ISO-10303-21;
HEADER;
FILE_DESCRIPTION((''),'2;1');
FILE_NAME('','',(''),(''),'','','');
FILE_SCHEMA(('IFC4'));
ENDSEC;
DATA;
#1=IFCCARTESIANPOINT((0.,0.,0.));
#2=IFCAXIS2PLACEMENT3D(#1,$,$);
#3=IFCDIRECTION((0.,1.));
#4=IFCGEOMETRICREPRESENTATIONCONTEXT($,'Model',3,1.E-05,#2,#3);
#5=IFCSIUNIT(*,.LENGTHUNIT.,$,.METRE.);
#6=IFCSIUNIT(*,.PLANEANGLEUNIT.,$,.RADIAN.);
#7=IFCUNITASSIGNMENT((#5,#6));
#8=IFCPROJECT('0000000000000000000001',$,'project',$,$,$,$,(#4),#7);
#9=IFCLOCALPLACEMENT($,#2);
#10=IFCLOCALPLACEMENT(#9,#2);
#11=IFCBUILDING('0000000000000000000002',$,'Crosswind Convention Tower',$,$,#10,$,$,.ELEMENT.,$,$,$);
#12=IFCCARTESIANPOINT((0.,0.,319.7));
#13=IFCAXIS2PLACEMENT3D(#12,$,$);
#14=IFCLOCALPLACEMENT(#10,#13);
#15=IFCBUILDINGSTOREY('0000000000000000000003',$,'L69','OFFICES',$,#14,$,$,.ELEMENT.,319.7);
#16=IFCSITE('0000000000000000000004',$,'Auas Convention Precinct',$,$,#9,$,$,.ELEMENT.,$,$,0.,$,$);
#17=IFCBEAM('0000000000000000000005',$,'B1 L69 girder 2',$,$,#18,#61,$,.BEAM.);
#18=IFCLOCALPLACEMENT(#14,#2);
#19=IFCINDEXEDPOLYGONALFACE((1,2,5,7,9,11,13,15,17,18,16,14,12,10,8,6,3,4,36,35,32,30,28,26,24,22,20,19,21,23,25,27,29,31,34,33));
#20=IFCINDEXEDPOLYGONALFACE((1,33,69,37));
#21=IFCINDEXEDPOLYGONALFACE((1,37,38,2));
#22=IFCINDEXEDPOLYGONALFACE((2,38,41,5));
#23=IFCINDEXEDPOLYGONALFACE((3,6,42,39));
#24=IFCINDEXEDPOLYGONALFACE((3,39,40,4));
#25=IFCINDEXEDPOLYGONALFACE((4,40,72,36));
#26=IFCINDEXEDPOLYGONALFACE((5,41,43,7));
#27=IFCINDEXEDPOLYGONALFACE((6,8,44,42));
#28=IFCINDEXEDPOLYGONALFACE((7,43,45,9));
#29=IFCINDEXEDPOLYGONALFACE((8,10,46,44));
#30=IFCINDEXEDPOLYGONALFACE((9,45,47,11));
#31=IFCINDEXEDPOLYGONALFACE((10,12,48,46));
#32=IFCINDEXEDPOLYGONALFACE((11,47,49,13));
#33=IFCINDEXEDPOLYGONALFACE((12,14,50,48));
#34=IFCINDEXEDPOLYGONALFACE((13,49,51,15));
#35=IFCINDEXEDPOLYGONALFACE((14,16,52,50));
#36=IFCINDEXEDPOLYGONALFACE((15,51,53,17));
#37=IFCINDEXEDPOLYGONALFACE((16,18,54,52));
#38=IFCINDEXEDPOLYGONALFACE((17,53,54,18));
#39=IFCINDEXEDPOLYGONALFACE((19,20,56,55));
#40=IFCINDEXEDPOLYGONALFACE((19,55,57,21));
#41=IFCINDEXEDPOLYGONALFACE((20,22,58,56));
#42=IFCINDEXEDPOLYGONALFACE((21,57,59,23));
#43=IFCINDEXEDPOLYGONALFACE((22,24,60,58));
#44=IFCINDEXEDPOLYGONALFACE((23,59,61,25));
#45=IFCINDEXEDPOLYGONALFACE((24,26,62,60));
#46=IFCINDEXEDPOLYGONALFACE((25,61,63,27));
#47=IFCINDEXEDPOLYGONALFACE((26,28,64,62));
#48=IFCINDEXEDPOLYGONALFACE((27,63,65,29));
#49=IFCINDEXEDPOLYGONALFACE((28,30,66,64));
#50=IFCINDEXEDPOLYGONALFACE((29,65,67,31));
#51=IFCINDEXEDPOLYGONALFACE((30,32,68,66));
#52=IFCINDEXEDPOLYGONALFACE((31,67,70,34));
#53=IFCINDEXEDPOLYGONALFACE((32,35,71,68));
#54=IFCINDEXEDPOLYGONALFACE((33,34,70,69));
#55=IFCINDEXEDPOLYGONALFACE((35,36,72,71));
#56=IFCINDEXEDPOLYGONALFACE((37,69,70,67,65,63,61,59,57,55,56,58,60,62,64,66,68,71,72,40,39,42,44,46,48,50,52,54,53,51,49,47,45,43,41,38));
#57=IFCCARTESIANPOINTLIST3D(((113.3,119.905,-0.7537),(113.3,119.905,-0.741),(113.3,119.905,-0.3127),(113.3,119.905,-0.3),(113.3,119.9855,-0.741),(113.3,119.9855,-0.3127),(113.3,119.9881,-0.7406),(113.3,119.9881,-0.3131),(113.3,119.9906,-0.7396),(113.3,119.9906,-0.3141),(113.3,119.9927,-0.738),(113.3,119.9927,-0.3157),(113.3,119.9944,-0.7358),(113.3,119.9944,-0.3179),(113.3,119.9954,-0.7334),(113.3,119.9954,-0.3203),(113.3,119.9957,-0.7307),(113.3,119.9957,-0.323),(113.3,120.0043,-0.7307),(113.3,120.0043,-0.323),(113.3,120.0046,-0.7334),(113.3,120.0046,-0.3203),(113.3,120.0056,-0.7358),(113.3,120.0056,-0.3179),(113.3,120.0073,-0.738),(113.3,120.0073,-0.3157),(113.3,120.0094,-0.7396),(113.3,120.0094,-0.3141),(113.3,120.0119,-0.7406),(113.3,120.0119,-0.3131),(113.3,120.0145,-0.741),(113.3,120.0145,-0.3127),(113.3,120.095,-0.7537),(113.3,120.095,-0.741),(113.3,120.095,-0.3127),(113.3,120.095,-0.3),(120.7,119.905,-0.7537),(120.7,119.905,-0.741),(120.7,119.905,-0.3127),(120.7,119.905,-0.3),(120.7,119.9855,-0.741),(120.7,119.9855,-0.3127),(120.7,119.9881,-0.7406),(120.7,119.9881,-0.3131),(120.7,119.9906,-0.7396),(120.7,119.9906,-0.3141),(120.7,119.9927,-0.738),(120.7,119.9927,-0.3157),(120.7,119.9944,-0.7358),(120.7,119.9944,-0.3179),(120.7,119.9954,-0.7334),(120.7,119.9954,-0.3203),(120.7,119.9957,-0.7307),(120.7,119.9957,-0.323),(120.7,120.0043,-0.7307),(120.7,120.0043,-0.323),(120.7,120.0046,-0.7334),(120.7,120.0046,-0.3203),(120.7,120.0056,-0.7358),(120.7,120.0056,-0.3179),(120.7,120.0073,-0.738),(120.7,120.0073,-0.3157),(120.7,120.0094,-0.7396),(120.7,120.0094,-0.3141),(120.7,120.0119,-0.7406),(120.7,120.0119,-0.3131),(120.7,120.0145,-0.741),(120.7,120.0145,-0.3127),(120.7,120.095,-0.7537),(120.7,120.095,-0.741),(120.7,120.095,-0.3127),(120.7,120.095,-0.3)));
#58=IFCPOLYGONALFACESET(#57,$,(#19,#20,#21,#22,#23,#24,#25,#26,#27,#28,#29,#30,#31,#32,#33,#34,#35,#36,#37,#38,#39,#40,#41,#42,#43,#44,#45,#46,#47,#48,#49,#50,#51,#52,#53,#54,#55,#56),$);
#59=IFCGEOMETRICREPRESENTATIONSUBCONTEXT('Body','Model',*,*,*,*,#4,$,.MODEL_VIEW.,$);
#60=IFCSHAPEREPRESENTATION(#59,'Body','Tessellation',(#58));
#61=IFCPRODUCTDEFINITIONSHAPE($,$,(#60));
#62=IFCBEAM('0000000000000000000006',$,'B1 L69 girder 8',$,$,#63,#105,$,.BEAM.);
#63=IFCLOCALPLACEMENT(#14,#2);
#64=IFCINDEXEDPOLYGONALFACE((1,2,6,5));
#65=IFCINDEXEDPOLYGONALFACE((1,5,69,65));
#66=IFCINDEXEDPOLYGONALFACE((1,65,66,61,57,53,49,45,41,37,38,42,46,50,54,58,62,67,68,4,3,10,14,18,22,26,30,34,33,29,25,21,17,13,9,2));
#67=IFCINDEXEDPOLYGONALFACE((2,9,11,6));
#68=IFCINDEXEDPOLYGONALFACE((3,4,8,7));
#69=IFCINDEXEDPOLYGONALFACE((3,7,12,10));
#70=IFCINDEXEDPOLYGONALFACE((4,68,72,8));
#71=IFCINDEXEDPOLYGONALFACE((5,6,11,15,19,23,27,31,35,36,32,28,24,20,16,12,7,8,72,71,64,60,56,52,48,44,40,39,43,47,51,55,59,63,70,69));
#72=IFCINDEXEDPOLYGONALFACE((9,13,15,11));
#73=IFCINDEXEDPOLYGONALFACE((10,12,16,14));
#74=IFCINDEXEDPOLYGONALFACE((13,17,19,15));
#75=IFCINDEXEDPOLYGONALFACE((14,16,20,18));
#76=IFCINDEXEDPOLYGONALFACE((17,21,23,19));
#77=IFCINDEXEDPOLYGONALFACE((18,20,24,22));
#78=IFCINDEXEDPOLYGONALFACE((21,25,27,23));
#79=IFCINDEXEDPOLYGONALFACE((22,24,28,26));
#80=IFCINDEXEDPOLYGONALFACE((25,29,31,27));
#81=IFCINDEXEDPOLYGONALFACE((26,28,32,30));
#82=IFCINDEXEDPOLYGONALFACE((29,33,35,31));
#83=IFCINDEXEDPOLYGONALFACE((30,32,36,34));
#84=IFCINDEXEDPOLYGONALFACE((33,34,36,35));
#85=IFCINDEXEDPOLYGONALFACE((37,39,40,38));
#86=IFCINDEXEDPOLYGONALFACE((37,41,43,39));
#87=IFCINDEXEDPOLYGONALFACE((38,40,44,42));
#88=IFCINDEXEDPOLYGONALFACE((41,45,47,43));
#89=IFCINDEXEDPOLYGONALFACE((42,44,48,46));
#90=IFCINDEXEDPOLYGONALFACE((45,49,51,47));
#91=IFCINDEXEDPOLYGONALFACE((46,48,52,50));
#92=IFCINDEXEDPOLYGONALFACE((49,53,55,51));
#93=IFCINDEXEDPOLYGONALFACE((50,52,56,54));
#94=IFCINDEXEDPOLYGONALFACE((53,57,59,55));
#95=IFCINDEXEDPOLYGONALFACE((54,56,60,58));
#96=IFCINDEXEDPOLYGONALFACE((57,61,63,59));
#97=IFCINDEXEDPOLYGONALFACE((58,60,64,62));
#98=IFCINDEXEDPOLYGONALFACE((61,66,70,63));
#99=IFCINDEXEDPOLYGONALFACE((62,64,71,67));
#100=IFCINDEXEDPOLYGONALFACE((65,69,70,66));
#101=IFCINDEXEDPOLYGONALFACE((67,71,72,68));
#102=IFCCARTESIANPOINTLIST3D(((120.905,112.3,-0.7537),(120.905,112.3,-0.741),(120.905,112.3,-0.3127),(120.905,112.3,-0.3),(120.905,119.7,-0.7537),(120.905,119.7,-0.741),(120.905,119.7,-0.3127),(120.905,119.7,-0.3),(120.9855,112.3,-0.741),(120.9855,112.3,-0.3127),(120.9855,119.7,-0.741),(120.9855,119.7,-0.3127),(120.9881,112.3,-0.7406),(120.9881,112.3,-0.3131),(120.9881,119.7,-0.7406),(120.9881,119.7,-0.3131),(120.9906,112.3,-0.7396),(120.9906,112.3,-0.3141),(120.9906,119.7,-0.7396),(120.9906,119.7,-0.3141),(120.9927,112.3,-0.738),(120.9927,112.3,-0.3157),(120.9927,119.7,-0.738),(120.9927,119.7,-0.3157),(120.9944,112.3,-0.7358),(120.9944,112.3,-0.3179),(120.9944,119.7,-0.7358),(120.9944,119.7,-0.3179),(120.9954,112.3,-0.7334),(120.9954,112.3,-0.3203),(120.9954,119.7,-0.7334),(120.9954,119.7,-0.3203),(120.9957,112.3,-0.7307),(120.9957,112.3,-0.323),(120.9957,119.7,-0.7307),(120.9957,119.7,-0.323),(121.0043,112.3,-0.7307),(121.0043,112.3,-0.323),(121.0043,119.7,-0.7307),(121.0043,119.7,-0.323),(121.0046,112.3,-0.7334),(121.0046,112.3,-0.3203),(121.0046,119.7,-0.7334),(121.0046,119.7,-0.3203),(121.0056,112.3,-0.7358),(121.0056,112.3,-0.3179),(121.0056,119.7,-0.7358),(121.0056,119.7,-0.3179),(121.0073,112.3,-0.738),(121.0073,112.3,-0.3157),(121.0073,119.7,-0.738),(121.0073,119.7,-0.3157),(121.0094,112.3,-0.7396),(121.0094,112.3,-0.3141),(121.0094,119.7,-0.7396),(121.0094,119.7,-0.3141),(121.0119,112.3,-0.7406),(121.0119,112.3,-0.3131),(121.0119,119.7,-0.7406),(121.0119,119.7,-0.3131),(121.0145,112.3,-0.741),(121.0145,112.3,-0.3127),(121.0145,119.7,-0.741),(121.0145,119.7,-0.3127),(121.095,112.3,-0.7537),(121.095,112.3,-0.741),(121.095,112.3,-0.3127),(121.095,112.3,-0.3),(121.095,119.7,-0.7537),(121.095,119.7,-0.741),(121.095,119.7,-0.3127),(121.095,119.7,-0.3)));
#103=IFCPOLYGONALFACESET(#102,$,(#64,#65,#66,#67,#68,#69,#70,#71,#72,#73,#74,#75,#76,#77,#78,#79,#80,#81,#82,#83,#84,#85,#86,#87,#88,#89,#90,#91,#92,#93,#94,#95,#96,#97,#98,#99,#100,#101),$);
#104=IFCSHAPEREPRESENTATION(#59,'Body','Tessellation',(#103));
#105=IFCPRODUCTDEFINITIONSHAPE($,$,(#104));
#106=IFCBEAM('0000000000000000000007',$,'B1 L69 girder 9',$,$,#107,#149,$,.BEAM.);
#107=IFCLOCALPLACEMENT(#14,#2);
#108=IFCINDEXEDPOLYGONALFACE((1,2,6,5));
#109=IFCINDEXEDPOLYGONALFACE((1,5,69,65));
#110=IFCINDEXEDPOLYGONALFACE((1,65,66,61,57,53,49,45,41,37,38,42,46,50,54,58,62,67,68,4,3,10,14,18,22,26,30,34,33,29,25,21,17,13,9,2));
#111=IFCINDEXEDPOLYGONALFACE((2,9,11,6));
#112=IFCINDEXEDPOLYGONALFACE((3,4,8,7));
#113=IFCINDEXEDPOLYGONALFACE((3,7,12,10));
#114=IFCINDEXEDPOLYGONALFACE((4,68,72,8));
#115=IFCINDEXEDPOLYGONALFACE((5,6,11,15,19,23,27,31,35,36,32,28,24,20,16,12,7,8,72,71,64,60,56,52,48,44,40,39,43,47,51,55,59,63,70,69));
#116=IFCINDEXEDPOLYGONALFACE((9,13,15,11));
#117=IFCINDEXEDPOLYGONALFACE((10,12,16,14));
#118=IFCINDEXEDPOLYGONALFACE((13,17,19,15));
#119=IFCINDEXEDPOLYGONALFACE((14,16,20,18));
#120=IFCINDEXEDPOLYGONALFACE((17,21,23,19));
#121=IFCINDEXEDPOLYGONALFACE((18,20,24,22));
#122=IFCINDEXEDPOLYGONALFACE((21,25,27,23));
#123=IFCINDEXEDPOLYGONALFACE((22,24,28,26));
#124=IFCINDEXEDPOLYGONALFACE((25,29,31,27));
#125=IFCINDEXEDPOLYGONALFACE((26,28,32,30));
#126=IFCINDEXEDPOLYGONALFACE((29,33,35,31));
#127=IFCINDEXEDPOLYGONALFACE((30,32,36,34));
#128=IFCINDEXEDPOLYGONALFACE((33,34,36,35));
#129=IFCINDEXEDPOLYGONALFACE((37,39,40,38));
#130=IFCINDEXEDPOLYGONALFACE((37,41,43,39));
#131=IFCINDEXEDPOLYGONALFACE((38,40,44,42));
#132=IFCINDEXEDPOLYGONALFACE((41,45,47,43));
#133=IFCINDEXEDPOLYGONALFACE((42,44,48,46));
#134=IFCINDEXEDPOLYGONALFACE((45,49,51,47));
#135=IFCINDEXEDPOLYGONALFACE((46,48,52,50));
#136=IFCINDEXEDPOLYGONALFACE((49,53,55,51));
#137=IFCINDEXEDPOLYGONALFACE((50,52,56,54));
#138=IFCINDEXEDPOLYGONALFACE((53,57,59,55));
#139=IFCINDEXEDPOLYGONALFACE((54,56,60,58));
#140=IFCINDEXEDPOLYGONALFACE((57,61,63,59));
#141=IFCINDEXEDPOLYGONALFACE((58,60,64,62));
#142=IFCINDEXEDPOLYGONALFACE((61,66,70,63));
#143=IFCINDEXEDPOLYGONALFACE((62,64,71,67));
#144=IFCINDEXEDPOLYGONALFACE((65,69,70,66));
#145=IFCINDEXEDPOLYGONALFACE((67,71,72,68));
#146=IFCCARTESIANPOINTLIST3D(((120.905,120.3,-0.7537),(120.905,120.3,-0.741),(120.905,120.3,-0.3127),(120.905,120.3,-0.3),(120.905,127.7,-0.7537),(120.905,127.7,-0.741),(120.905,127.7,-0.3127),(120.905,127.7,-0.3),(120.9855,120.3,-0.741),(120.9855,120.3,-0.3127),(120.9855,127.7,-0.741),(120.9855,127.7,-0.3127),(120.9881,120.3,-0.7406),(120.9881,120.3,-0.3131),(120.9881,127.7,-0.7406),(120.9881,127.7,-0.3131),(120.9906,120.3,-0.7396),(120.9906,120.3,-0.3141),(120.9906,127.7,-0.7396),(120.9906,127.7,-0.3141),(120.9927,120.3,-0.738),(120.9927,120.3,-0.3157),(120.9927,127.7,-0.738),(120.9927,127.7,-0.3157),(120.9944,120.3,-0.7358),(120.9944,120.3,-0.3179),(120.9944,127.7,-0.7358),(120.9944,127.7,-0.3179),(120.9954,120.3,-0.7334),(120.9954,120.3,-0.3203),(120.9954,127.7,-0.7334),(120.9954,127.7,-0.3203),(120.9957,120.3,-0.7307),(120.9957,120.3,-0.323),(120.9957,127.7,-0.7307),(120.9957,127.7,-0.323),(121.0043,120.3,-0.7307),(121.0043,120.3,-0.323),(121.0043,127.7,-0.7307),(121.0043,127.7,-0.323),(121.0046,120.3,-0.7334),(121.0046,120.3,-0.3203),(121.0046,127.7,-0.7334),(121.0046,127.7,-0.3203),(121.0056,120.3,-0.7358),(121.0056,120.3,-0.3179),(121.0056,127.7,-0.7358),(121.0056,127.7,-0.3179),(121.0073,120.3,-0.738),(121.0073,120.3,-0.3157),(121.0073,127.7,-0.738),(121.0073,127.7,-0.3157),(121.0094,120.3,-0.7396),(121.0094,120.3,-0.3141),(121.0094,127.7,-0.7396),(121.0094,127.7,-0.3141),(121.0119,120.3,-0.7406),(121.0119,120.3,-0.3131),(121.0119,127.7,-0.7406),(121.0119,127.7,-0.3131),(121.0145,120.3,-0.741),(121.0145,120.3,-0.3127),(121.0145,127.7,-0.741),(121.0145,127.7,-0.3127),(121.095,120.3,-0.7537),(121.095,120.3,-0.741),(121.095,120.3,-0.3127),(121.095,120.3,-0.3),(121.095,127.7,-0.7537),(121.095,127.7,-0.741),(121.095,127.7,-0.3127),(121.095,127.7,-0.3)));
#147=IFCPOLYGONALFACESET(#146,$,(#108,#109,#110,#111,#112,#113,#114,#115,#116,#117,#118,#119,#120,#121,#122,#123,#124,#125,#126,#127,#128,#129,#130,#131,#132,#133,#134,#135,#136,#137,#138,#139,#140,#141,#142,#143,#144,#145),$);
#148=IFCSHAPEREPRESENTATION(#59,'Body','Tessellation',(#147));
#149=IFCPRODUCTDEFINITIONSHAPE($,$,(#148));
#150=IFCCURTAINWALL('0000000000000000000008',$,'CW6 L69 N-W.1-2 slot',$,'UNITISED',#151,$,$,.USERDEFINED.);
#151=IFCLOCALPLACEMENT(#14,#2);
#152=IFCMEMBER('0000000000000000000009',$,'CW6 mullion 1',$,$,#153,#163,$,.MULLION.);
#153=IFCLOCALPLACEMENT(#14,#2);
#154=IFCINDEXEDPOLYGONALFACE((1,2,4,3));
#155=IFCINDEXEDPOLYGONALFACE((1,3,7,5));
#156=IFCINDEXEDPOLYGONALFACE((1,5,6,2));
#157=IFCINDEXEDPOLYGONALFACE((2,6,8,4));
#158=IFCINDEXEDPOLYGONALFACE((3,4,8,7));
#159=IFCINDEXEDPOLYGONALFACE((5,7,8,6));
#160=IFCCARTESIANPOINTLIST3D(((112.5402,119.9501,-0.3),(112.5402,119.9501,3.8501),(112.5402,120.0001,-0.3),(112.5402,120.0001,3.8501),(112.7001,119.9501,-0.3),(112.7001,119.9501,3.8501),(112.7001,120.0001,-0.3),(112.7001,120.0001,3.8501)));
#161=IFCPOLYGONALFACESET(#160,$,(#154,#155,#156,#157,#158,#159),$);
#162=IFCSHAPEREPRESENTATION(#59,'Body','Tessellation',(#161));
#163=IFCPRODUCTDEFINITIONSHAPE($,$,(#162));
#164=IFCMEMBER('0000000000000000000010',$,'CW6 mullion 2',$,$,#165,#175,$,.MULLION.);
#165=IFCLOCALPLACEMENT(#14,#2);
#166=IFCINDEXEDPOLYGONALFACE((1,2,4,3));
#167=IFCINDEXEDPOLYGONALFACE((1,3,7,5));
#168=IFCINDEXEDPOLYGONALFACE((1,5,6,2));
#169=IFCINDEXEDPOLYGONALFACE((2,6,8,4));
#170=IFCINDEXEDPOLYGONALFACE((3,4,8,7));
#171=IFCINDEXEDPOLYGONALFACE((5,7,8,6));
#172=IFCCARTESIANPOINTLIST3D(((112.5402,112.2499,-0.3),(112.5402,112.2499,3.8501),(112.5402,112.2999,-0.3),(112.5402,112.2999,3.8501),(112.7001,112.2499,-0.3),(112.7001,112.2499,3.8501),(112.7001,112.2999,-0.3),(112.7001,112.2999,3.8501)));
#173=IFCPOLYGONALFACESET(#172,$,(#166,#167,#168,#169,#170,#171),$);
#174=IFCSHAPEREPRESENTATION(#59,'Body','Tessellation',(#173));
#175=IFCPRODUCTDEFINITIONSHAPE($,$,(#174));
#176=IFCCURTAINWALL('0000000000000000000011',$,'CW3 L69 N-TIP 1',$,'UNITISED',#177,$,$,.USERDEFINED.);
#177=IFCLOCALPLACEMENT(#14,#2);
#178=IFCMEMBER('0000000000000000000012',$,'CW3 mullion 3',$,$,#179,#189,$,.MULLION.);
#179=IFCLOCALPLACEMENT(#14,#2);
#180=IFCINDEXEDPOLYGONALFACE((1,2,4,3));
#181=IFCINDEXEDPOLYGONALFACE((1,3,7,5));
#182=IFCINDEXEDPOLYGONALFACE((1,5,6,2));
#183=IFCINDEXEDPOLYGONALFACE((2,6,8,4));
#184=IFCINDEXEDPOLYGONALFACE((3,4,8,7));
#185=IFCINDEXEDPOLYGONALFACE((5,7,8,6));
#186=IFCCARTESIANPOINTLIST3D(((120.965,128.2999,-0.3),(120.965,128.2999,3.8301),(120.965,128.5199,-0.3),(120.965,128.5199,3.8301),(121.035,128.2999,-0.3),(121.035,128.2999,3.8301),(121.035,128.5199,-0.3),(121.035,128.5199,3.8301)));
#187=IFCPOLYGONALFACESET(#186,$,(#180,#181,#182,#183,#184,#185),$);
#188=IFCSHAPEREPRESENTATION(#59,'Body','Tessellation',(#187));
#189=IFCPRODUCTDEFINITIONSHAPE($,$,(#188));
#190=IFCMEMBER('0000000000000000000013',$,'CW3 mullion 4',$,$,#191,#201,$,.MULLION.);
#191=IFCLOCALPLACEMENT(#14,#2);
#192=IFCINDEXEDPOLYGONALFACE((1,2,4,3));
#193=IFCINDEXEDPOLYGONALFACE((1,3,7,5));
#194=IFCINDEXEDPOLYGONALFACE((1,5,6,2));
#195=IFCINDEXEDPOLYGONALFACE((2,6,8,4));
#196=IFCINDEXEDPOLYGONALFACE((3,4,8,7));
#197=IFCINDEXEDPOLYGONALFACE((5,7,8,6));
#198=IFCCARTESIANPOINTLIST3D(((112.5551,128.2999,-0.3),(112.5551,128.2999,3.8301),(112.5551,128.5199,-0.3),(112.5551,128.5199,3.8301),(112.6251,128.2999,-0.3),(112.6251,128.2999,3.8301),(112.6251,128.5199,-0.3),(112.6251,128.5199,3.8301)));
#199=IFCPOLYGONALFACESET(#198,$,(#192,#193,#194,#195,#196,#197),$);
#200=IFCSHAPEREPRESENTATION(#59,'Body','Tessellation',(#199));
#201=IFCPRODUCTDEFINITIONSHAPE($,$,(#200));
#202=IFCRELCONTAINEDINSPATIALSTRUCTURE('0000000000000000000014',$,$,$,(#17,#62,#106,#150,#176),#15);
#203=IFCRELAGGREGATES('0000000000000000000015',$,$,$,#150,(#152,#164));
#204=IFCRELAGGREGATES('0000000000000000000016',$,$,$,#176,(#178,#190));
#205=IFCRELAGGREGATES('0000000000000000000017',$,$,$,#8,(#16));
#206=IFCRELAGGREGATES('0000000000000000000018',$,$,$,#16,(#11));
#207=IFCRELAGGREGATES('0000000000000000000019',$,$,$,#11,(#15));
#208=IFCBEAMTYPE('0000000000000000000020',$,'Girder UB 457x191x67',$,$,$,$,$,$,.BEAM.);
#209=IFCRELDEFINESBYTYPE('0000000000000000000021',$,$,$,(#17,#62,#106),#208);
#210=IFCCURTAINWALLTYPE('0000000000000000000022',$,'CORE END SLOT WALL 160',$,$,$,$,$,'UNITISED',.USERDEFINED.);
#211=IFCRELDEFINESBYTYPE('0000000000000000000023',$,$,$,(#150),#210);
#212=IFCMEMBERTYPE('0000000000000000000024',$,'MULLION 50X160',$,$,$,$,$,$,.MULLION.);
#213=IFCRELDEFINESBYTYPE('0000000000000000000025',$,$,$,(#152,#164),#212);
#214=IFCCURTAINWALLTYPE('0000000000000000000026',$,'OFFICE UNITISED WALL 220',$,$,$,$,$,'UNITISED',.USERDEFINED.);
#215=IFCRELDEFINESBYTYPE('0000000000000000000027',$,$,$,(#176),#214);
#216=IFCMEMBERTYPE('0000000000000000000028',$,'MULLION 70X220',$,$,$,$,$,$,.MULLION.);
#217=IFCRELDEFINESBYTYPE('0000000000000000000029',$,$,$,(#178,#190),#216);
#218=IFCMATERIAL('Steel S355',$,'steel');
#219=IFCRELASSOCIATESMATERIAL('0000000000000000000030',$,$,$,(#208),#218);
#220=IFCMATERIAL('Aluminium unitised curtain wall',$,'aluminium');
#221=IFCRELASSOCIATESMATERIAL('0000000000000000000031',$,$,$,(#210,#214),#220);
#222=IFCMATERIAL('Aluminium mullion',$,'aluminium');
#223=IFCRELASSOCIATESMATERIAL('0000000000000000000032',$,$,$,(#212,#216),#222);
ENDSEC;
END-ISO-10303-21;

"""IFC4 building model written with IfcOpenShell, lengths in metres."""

from ifc_helpers import new_model, si_unit, direction, frame, origin, origin_2d, place, context, subcontext, project, spatial, rectangle, i_section, extrude, material, material_profile, profile_set, type_object, element, aggregate, save


model = new_model("IFC4")

# Units and contexts
model_context = context("Model", 3, precision=1e-05, world=origin(), true_north=direction((0.0, 1.0)))
body_context = subcontext(model_context, "Body", "Model", "MODEL_VIEW")
ifc_project = project(units=[si_unit("LENGTHUNIT", "METRE"), si_unit("PLANEANGLEUNIT", "RADIAN")], contexts=[model_context])

# Site, building, storey
site_placement = place(None, origin())
site = spatial("IfcSite", under=ifc_project, at=site_placement, Name="Auas Convention Precinct", CompositionType="ELEMENT", RefElevation=0.0)
building_placement = place(site_placement, origin())
building = spatial("IfcBuilding", under=site, at=building_placement, Name="Crosswind Convention Tower", CompositionType="ELEMENT")
storey_placement = place(building_placement, frame((0.0, 0.0, 319.7)))
storey = spatial("IfcBuildingStorey", under=building, at=storey_placement, Name="L69", Description="OFFICES", CompositionType="ELEMENT", Elevation=319.7)

# Beams
ifc_material_1 = material(Name="Steel S355", Category="steel")
ifc_material_profile_1 = material_profile(ifc_material_1, i_section(OverallWidth=0.1899, OverallDepth=0.4536, WebThickness=0.0085, FlangeThickness=0.0127, FilletRadius=0.0103, at=origin_2d()), Name="UB 457x191x67")
ifc_profile_set_1 = profile_set([ifc_material_profile_1], Name="Steel S355")
beam_type_1 = type_object("IfcBeamType", Name="Girder UB 457x191x67", PredefinedType="BEAM", material=ifc_profile_set_1)
for number, where, z_axis, x_axis, name in (
    (1, (113.3, 120.0, -0.5269), (1.0, 0.0, 0.0), (0.0, 1.0, 0.0), "B1 L69 girder 2"),
    (2, (121.0, 112.3, -0.5269), (0.0, 1.0, 0.0), (-1.0, 0.0, 0.0), "B1 L69 girder 8"),
    (3, (121.0, 120.3, -0.5269), (0.0, 1.0, 0.0), (-1.0, 0.0, 0.0), "B1 L69 girder 9"),
):
    element("IfcBeam", number, at=place(storey_placement, frame(where, z_axis=z_axis, x_axis=x_axis)), inside=storey, type_object=beam_type_1, Name=name, PredefinedType="BEAM", context=body_context, shape_type="SweptSolid", body=[
        extrude(i_section(OverallWidth=0.1899, OverallDepth=0.4536, WebThickness=0.0085, FlangeThickness=0.0127, FilletRadius=0.0103, at=origin_2d()), origin(), (0.0, 0.0, 1.0), 7.3999),
    ])

# Curtain walls, members
ifc_material_2 = material(Name="Aluminium unitised curtain wall", Category="aluminium")
curtain_wall_type_1 = type_object("IfcCurtainWallType", Name="CORE END SLOT WALL 160", ElementType="UNITISED", PredefinedType="USERDEFINED", material=ifc_material_2)
curtain_wall_1_placement = place(storey_placement, origin())
curtain_wall_1 = element("IfcCurtainWall", 4, at=curtain_wall_1_placement, inside=storey, type_object=curtain_wall_type_1, Name="CW6 L69 N-W.1-2 slot", ObjectType="UNITISED", PredefinedType="USERDEFINED")
ifc_material_3 = material(Name="Aluminium mullion", Category="aluminium")
ifc_material_profile_2 = material_profile(ifc_material_3, rectangle(XDim=0.1599, YDim=0.05, at=origin_2d()), Name="AL 160X50")
ifc_profile_set_2 = profile_set([ifc_material_profile_2], Name="Aluminium mullion")
member_type_1 = type_object("IfcMemberType", Name="MULLION 50X160", PredefinedType="MULLION", material=ifc_profile_set_2)
member_1_placement = place(storey_placement, frame((112.6201, 119.9751, -0.3), z_axis=(0.0, 0.0, 1.0), x_axis=(-1.0, 0.0, 0.0)))
member_1 = element("IfcMember", 5, at=member_1_placement, type_object=member_type_1, Name="CW6 mullion 1", PredefinedType="MULLION", context=body_context, shape_type="SweptSolid", body=[
    extrude(rectangle(XDim=0.1599, YDim=0.05, at=origin_2d()), origin(), (0.0, 0.0, 1.0), 4.1501),
])
member_2_placement = place(storey_placement, frame((112.6201, 112.2749, -0.3), z_axis=(0.0, 0.0, 1.0), x_axis=(-1.0, 0.0, 0.0)))
member_2 = element("IfcMember", 6, at=member_2_placement, type_object=member_type_1, Name="CW6 mullion 2", PredefinedType="MULLION", context=body_context, shape_type="SweptSolid", body=[
    extrude(rectangle(XDim=0.1599, YDim=0.05, at=origin_2d()), origin(), (0.0, 0.0, 1.0), 4.1501),
])
curtain_wall_type_2 = type_object("IfcCurtainWallType", Name="OFFICE UNITISED WALL 220", ElementType="UNITISED", PredefinedType="USERDEFINED", material=ifc_material_2)
curtain_wall_2_placement = place(storey_placement, origin())
curtain_wall_2 = element("IfcCurtainWall", 7, at=curtain_wall_2_placement, inside=storey, type_object=curtain_wall_type_2, Name="CW3 L69 N-TIP 1", ObjectType="UNITISED", PredefinedType="USERDEFINED")
ifc_material_profile_3 = material_profile(ifc_material_3, rectangle(XDim=0.22, YDim=0.0701, at=origin_2d()), Name="AL 220X70")
ifc_profile_set_3 = profile_set([ifc_material_profile_3], Name="Aluminium mullion")
member_type_2 = type_object("IfcMemberType", Name="MULLION 70X220", PredefinedType="MULLION", material=ifc_profile_set_3)
member_3_placement = place(storey_placement, frame((121.0, 128.4099, -0.3), z_axis=(0.0, 0.0, 1.0), x_axis=(0.0, 1.0, 0.0)))
member_3 = element("IfcMember", 8, at=member_3_placement, type_object=member_type_2, Name="CW3 mullion 3", PredefinedType="MULLION", context=body_context, shape_type="SweptSolid", body=[
    extrude(rectangle(XDim=0.22, YDim=0.0701, at=origin_2d()), origin(), (0.0, 0.0, 1.0), 4.1301),
])
member_4_placement = place(storey_placement, frame((112.5901, 128.4099, -0.3), z_axis=(0.0, 0.0, 1.0), x_axis=(0.0, 1.0, 0.0)))
member_4 = element("IfcMember", 9, at=member_4_placement, type_object=member_type_2, Name="CW3 mullion 4", PredefinedType="MULLION", context=body_context, shape_type="SweptSolid", body=[
    extrude(rectangle(XDim=0.22, YDim=0.0701, at=origin_2d()), origin(), (0.0, 0.0, 1.0), 4.1301),
])

aggregate(curtain_wall_1, [member_1, member_2])
aggregate(curtain_wall_2, [member_3, member_4])

save(model, "model.ifc")
